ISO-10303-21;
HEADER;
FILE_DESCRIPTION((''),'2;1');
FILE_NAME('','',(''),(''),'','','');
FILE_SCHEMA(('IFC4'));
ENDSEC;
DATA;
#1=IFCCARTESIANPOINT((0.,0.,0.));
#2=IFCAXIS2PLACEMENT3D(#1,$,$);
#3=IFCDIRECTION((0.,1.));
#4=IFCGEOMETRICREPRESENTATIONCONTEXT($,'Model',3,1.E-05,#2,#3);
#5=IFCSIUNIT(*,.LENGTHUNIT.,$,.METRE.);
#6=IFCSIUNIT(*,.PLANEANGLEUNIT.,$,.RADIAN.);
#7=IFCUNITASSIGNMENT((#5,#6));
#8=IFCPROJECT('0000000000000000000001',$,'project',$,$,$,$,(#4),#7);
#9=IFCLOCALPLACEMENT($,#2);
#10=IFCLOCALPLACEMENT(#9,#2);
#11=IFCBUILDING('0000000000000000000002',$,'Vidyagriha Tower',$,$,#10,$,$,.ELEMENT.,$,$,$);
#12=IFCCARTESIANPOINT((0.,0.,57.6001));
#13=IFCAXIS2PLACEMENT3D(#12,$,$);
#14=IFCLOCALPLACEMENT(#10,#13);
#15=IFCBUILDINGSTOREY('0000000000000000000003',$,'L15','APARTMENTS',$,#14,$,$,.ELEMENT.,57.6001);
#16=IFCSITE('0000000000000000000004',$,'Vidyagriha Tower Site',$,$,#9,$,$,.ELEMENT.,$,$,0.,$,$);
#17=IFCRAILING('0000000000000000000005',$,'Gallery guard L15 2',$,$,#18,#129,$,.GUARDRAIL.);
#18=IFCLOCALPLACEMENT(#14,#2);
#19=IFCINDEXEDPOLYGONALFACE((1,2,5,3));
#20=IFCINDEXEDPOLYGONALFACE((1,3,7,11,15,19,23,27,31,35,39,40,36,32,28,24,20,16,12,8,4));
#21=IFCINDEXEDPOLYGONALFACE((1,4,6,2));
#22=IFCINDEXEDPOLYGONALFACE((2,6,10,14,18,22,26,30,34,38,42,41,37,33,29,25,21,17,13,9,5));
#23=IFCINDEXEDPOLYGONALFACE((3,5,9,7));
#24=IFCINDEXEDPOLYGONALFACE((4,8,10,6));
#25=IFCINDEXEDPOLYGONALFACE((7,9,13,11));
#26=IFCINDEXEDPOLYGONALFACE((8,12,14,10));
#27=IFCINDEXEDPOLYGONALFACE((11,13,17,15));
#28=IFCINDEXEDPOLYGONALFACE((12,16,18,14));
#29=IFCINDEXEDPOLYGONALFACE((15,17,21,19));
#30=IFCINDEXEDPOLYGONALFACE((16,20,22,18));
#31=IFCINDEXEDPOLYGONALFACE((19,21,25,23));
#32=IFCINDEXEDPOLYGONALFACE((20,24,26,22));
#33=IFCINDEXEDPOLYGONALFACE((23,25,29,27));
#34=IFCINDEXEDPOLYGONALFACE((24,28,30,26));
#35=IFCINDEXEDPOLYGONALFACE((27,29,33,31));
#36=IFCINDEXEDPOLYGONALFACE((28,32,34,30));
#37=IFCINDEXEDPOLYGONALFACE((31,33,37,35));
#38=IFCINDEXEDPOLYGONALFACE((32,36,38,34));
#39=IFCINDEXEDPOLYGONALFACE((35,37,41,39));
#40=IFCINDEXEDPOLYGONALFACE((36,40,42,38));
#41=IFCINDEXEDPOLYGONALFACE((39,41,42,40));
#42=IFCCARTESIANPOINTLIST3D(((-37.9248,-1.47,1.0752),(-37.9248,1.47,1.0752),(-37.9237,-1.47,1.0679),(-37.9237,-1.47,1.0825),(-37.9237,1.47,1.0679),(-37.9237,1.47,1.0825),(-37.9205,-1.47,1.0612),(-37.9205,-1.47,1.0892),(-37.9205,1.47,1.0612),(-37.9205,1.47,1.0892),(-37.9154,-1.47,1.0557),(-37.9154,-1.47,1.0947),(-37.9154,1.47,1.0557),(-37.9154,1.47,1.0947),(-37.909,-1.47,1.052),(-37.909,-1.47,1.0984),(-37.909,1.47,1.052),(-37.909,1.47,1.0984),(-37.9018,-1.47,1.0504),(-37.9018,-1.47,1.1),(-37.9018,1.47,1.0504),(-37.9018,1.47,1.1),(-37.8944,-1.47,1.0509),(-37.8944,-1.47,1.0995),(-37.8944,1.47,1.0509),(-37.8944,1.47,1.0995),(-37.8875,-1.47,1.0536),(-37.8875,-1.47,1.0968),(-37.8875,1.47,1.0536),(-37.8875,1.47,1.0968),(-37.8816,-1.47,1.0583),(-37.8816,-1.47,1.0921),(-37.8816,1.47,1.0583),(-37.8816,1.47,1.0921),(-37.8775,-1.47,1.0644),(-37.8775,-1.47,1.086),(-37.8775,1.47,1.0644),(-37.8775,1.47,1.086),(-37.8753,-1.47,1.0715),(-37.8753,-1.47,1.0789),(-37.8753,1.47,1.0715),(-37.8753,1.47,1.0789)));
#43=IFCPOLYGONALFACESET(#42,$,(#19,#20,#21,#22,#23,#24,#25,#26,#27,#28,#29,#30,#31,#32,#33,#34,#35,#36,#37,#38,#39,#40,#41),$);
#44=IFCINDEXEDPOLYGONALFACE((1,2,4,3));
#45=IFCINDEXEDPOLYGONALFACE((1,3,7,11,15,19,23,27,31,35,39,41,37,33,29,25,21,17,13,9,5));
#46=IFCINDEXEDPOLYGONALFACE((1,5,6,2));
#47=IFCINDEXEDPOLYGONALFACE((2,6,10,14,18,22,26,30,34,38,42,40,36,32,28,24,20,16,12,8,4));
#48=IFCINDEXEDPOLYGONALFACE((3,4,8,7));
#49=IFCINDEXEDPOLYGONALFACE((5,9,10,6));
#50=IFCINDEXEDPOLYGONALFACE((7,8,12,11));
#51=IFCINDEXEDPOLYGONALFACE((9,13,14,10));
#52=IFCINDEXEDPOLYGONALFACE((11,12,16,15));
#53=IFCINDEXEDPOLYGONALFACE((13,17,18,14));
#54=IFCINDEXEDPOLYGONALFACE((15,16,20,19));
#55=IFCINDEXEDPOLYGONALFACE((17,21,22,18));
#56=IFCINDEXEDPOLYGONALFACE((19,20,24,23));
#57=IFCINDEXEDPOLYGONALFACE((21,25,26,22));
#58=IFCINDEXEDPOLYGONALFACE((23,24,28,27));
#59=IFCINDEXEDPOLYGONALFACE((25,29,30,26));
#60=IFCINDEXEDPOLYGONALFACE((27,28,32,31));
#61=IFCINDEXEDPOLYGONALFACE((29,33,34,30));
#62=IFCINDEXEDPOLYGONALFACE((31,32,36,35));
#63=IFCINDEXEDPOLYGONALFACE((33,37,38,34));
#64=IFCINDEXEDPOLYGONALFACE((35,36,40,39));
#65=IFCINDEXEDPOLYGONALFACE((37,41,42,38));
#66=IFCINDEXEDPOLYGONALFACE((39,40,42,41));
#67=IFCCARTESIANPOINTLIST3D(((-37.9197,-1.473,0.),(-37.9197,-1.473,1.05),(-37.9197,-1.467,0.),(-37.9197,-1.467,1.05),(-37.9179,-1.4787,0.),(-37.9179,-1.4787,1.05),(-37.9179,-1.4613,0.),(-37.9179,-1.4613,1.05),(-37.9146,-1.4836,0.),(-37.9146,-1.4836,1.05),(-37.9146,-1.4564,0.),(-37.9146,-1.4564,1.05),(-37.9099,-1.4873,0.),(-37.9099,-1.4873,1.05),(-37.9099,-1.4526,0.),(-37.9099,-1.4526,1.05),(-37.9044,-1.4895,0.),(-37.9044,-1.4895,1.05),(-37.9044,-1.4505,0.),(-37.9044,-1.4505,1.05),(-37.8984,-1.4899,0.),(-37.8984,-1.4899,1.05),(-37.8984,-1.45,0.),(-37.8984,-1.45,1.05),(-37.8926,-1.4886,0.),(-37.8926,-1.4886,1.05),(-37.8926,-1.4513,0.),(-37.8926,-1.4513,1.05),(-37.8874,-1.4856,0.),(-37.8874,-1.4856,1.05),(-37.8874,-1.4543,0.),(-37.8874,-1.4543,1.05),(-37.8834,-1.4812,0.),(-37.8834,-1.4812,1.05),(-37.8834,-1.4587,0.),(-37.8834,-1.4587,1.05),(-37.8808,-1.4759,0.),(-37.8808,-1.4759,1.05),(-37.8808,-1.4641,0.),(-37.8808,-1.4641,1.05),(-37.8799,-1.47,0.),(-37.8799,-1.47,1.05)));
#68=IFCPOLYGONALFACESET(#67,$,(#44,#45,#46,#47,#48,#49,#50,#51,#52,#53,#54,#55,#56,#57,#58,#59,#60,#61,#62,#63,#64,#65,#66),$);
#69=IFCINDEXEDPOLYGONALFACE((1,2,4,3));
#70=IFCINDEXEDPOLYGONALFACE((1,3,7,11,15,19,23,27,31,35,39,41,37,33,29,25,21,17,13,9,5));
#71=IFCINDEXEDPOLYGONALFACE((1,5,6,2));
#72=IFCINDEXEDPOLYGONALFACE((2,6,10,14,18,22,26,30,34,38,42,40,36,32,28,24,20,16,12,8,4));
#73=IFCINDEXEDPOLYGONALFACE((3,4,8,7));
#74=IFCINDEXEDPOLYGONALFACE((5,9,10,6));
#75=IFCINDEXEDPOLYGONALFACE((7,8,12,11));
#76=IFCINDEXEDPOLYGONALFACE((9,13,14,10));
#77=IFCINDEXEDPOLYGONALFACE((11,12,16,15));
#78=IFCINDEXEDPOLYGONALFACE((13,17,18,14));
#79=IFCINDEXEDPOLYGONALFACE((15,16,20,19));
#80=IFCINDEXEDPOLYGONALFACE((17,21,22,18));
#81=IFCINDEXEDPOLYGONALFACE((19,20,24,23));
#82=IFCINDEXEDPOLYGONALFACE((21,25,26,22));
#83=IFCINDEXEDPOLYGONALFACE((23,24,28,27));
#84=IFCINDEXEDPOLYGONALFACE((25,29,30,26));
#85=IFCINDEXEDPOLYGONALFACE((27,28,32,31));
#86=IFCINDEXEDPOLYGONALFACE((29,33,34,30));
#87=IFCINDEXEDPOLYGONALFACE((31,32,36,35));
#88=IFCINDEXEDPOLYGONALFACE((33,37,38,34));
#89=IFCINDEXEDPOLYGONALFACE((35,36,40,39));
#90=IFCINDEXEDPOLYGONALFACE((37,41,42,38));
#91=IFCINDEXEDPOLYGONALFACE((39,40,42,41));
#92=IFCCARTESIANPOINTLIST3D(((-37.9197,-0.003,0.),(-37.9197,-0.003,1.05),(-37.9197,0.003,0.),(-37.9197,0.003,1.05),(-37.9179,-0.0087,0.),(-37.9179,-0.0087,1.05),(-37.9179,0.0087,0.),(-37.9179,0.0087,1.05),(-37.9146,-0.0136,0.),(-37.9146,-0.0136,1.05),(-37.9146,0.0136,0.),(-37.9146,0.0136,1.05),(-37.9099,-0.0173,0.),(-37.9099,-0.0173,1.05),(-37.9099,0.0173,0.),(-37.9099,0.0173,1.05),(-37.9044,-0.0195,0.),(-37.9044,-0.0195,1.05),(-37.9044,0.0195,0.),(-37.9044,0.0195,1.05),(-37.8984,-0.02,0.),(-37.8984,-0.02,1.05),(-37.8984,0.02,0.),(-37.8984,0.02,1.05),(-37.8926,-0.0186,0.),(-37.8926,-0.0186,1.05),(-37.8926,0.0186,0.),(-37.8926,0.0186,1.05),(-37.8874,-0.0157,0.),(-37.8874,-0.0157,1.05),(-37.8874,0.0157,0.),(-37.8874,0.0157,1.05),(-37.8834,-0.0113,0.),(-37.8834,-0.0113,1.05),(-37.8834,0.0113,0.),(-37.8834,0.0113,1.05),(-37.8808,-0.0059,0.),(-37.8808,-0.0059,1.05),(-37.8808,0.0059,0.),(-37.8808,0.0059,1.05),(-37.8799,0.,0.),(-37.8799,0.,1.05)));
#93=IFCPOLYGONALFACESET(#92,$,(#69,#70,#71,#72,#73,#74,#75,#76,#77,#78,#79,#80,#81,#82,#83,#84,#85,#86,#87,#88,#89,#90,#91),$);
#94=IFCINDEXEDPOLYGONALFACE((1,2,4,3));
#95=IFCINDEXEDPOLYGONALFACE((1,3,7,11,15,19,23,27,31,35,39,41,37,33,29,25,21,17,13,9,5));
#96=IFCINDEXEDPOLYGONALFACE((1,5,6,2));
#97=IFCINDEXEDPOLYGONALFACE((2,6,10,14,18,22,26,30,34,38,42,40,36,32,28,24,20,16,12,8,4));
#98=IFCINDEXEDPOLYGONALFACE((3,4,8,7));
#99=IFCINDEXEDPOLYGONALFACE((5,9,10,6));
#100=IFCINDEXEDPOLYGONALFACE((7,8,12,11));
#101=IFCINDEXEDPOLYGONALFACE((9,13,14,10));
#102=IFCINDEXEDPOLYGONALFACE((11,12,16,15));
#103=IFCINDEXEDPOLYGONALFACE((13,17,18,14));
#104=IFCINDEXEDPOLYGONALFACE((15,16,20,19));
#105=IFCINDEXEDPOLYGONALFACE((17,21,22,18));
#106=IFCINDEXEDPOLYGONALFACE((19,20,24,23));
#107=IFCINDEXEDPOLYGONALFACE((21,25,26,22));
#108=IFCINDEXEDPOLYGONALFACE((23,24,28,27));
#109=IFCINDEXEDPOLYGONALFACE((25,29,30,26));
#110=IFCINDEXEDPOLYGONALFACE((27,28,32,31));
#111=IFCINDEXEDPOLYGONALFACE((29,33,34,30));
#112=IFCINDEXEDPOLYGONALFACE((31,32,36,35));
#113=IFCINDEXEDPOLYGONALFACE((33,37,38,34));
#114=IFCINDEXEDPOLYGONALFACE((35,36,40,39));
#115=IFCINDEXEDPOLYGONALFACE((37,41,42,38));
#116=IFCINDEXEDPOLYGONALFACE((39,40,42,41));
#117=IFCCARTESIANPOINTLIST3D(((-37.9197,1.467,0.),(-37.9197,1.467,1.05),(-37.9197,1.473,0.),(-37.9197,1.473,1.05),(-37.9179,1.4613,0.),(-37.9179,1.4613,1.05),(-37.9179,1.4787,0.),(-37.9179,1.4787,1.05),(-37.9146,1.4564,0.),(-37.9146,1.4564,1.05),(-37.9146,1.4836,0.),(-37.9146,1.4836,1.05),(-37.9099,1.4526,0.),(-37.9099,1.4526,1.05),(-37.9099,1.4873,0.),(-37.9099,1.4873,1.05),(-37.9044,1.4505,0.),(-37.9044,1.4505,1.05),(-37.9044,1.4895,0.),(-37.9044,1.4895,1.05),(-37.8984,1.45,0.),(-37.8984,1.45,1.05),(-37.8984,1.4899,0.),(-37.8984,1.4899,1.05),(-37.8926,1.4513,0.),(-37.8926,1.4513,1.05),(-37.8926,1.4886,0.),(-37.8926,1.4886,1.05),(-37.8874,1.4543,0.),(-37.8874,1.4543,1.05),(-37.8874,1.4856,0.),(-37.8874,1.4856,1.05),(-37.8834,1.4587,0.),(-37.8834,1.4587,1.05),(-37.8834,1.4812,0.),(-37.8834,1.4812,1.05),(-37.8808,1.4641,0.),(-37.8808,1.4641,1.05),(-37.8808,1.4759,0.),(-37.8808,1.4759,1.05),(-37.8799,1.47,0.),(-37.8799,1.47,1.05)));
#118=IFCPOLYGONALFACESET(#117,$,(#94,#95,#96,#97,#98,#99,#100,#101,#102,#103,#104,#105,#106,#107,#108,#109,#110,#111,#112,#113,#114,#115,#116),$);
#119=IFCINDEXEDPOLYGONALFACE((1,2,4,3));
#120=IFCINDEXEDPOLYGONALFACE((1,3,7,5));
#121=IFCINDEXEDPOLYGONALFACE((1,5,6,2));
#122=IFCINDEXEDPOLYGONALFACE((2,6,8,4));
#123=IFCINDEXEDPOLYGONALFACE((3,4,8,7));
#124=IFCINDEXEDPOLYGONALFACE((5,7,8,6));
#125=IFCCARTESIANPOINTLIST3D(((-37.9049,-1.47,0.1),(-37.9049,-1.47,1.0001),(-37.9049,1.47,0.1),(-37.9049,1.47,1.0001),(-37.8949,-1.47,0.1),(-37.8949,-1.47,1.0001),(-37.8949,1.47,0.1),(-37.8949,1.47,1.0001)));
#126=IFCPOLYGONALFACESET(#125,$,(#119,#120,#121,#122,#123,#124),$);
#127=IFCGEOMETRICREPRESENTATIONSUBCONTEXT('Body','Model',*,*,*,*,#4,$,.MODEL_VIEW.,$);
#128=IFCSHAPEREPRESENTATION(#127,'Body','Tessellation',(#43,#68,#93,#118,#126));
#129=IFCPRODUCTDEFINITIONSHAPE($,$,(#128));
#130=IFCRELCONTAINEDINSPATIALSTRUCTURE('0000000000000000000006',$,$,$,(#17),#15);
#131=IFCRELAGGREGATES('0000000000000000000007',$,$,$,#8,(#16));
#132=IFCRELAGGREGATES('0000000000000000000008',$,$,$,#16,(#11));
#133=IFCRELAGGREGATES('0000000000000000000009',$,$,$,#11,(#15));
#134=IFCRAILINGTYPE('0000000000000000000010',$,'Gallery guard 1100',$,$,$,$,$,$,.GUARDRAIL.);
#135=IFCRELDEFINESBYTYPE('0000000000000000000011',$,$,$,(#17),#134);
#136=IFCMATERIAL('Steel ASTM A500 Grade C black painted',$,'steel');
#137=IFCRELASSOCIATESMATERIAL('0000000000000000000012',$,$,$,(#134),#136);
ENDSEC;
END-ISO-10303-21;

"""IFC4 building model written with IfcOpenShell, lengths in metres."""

from ifc_helpers import new_model, si_unit, direction, frame, origin, origin_2d, place, context, subcontext, project, spatial, rectangle, circle, extrude, material, type_object, element, save


model = new_model("IFC4")

# Units and contexts
model_context = context("Model", 3, precision=1e-05, world=origin(), true_north=direction((0.0, 1.0)))
body_context = subcontext(model_context, "Body", "Model", "MODEL_VIEW")
ifc_project = project(units=[si_unit("LENGTHUNIT", "METRE"), si_unit("PLANEANGLEUNIT", "RADIAN")], contexts=[model_context])

# Site, building, storey
site_placement = place(None, origin())
site = spatial("IfcSite", under=ifc_project, at=site_placement, Name="Vidyagriha Tower Site", CompositionType="ELEMENT", RefElevation=0.0)
building_placement = place(site_placement, origin())
building = spatial("IfcBuilding", under=site, at=building_placement, Name="Vidyagriha Tower", CompositionType="ELEMENT")
storey_placement = place(building_placement, frame((0.0, 0.0, 57.6001)))
storey = spatial("IfcBuildingStorey", under=building, at=storey_placement, Name="L15", Description="APARTMENTS", CompositionType="ELEMENT", Elevation=57.6001)

# Railing
ifc_material_1 = material(Name="Steel ASTM A500 Grade C black painted", Category="steel")
railing_type_1 = type_object("IfcRailingType", Name="Gallery guard 1100", PredefinedType="GUARDRAIL", material=ifc_material_1)
railing_1_placement = place(storey_placement, frame((-37.8999, -1.47, 0.0)))
element("IfcRailing", 1, at=railing_1_placement, inside=storey, type_object=railing_type_1, Name="Gallery guard L15 2", PredefinedType="GUARDRAIL", context=body_context, shape_type="SweptSolid", body=[
    extrude(circle(Radius=0.0249, at=origin_2d()), frame((0.0, 0.0, 1.0752), z_axis=(0.0, 1.0, 0.0), x_axis=(-1.0, 0.0, 0.0)), (0.0, 0.0, 1.0), 2.9399),
    extrude(circle(Radius=0.02, at=origin_2d()), origin(), (0.0, 0.0, 1.0), 1.05),
    extrude(circle(Radius=0.02, at=origin_2d()), frame((0.0, 1.47, 0.0)), (0.0, 0.0, 1.0), 1.05),
    extrude(circle(Radius=0.02, at=origin_2d()), frame((0.0, 2.9399, 0.0)), (0.0, 0.0, 1.0), 1.05),
    extrude(rectangle(XDim=0.01, YDim=0.9001, at=origin_2d()), frame((0.0, 0.0, 0.55), z_axis=(0.0, 1.0, 0.0), x_axis=(-1.0, 0.0, 0.0)), (0.0, 0.0, 1.0), 2.9399),
])

save(model, "model.ifc")
